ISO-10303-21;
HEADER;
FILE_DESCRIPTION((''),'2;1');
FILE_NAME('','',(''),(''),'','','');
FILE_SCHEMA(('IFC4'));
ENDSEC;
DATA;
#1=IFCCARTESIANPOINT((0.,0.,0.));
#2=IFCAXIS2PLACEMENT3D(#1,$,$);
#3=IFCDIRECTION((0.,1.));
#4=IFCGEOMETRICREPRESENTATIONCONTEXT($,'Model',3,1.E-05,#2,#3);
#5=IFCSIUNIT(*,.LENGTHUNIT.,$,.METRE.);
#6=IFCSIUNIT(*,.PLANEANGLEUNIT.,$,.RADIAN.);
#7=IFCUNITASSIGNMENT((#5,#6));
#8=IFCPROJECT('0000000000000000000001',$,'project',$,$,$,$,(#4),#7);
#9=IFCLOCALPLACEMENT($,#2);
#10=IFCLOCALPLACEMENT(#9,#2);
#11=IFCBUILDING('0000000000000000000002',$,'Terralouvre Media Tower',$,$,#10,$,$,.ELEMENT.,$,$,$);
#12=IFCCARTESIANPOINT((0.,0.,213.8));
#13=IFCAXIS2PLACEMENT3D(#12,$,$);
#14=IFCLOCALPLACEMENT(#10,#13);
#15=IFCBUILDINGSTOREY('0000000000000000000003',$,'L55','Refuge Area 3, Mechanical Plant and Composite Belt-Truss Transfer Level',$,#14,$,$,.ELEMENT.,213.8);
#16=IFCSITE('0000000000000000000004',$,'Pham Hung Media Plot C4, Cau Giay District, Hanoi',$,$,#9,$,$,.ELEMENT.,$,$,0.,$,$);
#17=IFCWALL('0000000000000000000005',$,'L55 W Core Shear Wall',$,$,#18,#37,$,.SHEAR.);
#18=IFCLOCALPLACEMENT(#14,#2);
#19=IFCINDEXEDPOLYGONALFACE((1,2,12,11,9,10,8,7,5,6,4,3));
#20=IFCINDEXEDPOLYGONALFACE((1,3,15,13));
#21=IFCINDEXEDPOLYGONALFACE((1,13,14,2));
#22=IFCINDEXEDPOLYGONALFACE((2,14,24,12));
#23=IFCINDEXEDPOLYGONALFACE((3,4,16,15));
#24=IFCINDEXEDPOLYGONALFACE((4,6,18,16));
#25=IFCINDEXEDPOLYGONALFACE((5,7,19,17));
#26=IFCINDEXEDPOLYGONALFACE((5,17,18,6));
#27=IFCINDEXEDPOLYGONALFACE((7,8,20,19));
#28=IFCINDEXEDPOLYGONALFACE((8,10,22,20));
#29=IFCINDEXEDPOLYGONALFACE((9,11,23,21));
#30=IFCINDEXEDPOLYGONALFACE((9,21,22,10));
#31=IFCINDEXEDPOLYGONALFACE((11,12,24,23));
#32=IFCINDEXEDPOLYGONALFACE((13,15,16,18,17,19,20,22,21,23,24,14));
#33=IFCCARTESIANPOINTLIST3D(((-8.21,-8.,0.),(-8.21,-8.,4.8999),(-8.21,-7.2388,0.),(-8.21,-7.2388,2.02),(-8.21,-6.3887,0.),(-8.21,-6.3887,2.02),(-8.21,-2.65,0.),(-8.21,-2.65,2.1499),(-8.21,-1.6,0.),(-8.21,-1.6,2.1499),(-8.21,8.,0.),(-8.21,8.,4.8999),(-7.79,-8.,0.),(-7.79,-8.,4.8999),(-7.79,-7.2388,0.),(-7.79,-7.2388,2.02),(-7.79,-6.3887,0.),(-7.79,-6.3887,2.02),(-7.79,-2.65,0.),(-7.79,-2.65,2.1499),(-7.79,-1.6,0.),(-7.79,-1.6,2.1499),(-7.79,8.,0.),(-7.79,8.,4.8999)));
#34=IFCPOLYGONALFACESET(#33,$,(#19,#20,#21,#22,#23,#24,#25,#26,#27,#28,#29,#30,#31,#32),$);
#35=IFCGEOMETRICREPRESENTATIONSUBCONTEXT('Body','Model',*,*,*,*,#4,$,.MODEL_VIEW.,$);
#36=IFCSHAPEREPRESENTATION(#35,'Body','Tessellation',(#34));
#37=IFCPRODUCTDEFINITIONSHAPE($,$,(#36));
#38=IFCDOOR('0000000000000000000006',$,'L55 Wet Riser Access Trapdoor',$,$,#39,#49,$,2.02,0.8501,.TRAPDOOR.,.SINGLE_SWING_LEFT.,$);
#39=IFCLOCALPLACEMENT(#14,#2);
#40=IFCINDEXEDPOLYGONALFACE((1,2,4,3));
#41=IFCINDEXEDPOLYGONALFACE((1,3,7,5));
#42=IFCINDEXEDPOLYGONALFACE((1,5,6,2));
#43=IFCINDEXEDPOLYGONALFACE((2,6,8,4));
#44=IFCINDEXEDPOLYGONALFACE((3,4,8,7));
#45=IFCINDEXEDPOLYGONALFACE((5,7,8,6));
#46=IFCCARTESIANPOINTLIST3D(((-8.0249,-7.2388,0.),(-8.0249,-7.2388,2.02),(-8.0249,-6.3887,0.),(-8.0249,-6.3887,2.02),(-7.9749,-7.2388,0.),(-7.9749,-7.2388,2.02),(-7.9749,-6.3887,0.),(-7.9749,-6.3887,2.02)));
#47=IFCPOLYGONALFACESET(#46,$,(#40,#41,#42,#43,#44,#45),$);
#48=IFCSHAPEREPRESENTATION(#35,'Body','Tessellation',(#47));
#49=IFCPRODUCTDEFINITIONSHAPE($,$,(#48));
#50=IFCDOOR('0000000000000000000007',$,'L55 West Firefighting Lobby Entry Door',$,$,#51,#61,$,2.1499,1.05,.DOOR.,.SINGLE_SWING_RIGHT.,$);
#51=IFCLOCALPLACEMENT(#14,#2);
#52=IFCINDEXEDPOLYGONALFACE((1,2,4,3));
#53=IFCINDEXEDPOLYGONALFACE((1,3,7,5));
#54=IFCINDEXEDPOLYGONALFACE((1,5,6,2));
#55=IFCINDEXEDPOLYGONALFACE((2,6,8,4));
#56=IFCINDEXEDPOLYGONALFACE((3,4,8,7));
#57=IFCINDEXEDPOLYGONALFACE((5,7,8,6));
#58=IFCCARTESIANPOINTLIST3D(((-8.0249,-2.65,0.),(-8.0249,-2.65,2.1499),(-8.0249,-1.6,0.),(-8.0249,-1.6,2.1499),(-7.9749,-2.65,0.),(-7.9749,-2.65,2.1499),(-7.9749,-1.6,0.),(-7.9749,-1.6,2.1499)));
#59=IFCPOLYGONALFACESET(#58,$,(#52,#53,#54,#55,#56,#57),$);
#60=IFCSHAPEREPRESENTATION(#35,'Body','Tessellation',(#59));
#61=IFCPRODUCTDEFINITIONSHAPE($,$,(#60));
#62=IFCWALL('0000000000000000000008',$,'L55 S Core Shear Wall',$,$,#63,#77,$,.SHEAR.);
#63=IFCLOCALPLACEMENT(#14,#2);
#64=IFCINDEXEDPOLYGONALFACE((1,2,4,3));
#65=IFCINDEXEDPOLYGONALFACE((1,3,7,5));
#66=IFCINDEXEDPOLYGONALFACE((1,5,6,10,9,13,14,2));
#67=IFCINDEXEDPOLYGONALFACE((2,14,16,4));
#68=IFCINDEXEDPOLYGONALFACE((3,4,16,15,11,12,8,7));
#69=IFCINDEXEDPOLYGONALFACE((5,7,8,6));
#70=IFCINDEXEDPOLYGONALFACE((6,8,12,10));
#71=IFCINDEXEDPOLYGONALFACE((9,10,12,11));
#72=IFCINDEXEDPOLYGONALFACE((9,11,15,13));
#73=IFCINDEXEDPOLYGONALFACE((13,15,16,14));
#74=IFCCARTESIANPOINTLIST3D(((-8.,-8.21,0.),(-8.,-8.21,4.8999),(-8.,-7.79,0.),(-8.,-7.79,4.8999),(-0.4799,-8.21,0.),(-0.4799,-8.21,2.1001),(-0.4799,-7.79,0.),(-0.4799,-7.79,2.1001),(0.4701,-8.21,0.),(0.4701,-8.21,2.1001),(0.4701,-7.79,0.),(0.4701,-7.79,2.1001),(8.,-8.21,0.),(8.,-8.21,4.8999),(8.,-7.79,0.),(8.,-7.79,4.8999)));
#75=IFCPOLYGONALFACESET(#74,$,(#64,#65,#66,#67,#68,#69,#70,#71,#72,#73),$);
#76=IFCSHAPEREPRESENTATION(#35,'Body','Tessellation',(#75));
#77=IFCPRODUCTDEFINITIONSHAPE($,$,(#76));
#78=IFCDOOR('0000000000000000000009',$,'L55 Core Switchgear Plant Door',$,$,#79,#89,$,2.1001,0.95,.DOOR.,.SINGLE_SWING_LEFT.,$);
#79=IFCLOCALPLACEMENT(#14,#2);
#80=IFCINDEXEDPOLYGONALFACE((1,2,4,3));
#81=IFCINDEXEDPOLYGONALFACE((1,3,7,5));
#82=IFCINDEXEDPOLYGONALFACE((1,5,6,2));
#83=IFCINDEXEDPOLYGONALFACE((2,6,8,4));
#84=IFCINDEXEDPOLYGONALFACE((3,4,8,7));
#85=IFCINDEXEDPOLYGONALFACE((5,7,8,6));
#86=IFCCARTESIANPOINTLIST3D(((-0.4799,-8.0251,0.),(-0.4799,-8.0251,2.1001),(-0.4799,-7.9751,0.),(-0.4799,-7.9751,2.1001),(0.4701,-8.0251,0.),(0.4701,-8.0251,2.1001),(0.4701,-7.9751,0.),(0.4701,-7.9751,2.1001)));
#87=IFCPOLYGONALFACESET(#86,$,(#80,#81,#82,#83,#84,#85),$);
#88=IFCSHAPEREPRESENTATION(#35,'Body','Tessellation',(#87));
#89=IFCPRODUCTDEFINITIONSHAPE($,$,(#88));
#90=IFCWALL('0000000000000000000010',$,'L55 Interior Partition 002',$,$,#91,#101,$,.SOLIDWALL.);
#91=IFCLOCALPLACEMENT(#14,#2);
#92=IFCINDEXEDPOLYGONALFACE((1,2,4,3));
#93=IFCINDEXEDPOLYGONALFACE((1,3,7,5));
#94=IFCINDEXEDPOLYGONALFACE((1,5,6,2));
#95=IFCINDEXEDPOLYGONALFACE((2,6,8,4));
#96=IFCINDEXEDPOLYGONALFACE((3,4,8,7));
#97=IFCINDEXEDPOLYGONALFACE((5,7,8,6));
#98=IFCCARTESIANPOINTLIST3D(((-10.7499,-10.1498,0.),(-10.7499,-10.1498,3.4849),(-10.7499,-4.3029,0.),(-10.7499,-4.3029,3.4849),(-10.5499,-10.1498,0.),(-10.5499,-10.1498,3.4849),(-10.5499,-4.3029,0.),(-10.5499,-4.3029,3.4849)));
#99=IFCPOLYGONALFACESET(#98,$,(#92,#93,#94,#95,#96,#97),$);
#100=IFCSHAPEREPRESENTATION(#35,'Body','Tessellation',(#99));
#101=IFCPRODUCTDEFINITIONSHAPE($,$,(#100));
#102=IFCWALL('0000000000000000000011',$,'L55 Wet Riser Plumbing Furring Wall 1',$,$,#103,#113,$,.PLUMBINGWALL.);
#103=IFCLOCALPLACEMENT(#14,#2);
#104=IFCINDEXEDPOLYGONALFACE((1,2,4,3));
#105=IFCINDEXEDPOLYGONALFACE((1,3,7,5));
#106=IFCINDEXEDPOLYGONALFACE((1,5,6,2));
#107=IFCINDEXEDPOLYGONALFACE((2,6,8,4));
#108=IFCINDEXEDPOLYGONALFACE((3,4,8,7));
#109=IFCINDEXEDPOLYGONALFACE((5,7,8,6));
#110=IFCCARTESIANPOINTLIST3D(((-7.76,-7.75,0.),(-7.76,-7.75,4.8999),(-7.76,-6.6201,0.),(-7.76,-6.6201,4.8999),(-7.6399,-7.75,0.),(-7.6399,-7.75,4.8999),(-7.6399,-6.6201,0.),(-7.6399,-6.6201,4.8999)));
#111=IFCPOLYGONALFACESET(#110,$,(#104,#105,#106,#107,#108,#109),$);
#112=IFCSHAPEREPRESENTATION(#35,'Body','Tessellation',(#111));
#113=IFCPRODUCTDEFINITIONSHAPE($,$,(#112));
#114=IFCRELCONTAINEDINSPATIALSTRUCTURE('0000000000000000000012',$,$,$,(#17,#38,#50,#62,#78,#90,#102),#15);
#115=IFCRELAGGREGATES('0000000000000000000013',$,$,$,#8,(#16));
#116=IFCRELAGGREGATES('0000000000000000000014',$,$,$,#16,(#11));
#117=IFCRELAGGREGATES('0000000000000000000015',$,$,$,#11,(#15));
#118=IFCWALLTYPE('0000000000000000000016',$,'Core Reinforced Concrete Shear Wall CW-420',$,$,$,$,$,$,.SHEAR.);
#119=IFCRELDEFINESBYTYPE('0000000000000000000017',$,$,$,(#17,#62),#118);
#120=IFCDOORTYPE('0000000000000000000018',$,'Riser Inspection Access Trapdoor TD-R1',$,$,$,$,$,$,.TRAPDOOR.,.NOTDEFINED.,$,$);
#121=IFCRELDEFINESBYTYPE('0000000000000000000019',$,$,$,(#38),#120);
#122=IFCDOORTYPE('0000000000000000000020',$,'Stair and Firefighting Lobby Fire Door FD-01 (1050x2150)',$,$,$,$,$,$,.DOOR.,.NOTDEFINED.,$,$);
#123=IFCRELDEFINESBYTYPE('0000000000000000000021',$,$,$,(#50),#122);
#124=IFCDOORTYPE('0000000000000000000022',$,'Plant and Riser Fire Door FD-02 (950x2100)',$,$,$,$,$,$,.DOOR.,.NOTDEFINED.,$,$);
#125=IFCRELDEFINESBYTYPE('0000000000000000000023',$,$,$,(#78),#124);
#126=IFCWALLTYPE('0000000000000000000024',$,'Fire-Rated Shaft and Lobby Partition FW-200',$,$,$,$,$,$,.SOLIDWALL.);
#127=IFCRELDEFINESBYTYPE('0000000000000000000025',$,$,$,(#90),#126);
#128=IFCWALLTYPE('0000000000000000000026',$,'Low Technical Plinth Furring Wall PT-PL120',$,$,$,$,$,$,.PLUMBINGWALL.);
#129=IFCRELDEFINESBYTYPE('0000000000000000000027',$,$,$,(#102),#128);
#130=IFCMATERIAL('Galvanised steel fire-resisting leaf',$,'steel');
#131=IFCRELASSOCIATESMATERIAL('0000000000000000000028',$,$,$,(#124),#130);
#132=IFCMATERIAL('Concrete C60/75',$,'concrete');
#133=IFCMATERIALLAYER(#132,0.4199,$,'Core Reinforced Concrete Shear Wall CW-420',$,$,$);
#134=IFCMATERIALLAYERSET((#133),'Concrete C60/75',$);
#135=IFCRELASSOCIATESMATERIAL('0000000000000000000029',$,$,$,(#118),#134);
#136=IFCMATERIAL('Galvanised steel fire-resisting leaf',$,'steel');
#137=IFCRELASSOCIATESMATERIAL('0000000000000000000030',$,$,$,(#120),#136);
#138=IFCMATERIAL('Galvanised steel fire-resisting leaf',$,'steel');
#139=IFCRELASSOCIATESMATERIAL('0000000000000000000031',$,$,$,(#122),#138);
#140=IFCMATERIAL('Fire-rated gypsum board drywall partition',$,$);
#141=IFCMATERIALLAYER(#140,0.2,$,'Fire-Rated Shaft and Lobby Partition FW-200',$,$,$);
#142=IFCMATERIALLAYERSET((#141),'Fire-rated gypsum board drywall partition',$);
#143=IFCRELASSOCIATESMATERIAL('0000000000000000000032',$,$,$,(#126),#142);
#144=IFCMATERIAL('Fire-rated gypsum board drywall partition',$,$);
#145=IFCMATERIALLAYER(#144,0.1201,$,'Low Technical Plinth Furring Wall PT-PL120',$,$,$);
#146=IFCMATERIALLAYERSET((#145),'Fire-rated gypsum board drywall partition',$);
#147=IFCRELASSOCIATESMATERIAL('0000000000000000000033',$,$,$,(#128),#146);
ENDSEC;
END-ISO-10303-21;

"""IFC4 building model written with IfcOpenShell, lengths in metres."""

from ifc_helpers import new_model, si_unit, direction, frame, frame_2d, origin, place, context, subcontext, project, spatial, rectangle, extrude, material, layer, layer_set, type_object, element, fill, save


model = new_model("IFC4")

# Units and contexts
model_context = context("Model", 3, precision=1e-05, world=origin(), true_north=direction((0.0, 1.0)))
body_context = subcontext(model_context, "Body", "Model", "MODEL_VIEW")
ifc_project = project(units=[si_unit("LENGTHUNIT", "METRE"), si_unit("PLANEANGLEUNIT", "RADIAN")], contexts=[model_context])

# Site, building, storey
site_placement = place(None, origin())
site = spatial("IfcSite", under=ifc_project, at=site_placement, Name="Pham Hung Media Plot C4, Cau Giay District, Hanoi", CompositionType="ELEMENT", RefElevation=0.0)
building_placement = place(site_placement, origin())
building = spatial("IfcBuilding", under=site, at=building_placement, Name="Terralouvre Media Tower", CompositionType="ELEMENT")
storey_placement = place(building_placement, frame((0.0, 0.0, 213.8)))
storey = spatial("IfcBuildingStorey", under=building, at=storey_placement, Name="L55", Description="Refuge Area 3, Mechanical Plant and Composite Belt-Truss Transfer Level", CompositionType="ELEMENT", Elevation=213.8)

# Wall, openings, doors
ifc_material_1 = material(Name="Galvanised steel fire-resisting leaf", Category="steel")
door_type_1 = type_object("IfcDoorType", Name="Plant and Riser Fire Door FD-02 (950x2100)", OperationType="NOTDEFINED", PredefinedType="DOOR", material=ifc_material_1)
ifc_material_2 = material(Name="Concrete C60/75", Category="concrete")
ifc_layer_1 = layer(ifc_material_2, 0.4199, Name="Core Reinforced Concrete Shear Wall CW-420")
ifc_layer_set_1 = layer_set([ifc_layer_1], Name="Concrete C60/75")
wall_type_1 = type_object("IfcWallType", Name="Core Reinforced Concrete Shear Wall CW-420", PredefinedType="SHEAR", material=ifc_layer_set_1)
wall_1_placement = place(storey_placement, frame((-8.0, -8.0, 0.0), z_axis=(0.0, 0.0, 1.0), x_axis=(0.0, 1.0, 0.0)))
wall_1 = element("IfcWall", 1, at=wall_1_placement, inside=storey, type_object=wall_type_1, Name="L55 W Core Shear Wall", PredefinedType="SHEAR", context=body_context, shape_type="SweptSolid", body=[
    extrude(rectangle(XDim=16.0, YDim=0.4199, at=frame_2d((8.0, 0.0))), origin(), (0.0, 0.0, 1.0), 4.8999),
])
opening_1_placement = place(wall_1_placement, frame((0.7612, 0.0, 0.0)))
opening_1 = element("IfcOpeningElement", 2, at=opening_1_placement, cuts=wall_1, PredefinedType="OPENING", context=body_context, shape_type="SweptSolid", body=[
    extrude(rectangle(XDim=0.8501, YDim=2.02, at=frame_2d((0.425, 1.01))), frame((0.0, 0.22, 0.0), z_axis=(0.0, -1.0, 0.0), x_axis=(1.0, 0.0, 0.0)), (0.0, 0.0, 1.0), 0.4399),
])
opening_2_placement = place(wall_1_placement, frame((5.3501, 0.0, 0.0)))
opening_2 = element("IfcOpeningElement", 3, at=opening_2_placement, cuts=wall_1, PredefinedType="OPENING", context=body_context, shape_type="SweptSolid", body=[
    extrude(rectangle(XDim=1.05, YDim=2.1499, at=frame_2d((0.5249, 1.075))), frame((0.0, 0.22, 0.0), z_axis=(0.0, -1.0, 0.0), x_axis=(1.0, 0.0, 0.0)), (0.0, 0.0, 1.0), 0.4399),
])
ifc_material_3 = material(Name="Galvanised steel fire-resisting leaf", Category="steel")
door_type_2 = type_object("IfcDoorType", Name="Riser Inspection Access Trapdoor TD-R1", OperationType="NOTDEFINED", PredefinedType="TRAPDOOR", material=ifc_material_3)
door_1_placement = place(opening_1_placement, origin())
door_1 = element("IfcDoor", 4, at=door_1_placement, inside=storey, type_object=door_type_2, Name="L55 Wet Riser Access Trapdoor", OperationType="SINGLE_SWING_LEFT", OverallHeight=2.02, OverallWidth=0.8501, PredefinedType="TRAPDOOR", context=body_context, shape_type="SweptSolid", body=[
    extrude(rectangle(XDim=0.8501, YDim=2.02, at=frame_2d((0.425, 1.01))), frame((0.0, 0.0249, 0.0), z_axis=(0.0, -1.0, 0.0), x_axis=(1.0, 0.0, 0.0)), (0.0, 0.0, 1.0), 0.05),
])
fill(opening_1, door_1)
ifc_material_4 = material(Name="Galvanised steel fire-resisting leaf", Category="steel")
door_type_3 = type_object("IfcDoorType", Name="Stair and Firefighting Lobby Fire Door FD-01 (1050x2150)", OperationType="NOTDEFINED", PredefinedType="DOOR", material=ifc_material_4)
door_2_placement = place(opening_2_placement, origin())
door_2 = element("IfcDoor", 5, at=door_2_placement, inside=storey, type_object=door_type_3, Name="L55 West Firefighting Lobby Entry Door", OperationType="SINGLE_SWING_RIGHT", OverallHeight=2.1499, OverallWidth=1.05, PredefinedType="DOOR", context=body_context, shape_type="SweptSolid", body=[
    extrude(rectangle(XDim=1.05, YDim=2.1499, at=frame_2d((0.5249, 1.075))), frame((0.0, 0.0249, 0.0), z_axis=(0.0, -1.0, 0.0), x_axis=(1.0, 0.0, 0.0)), (0.0, 0.0, 1.0), 0.05),
])
fill(opening_2, door_2)

# Wall, opening, door
wall_2_placement = place(storey_placement, frame((-8.0, -8.0, 0.0), z_axis=(0.0, 0.0, 1.0), x_axis=(1.0, 0.0, 0.0)))
wall_2 = element("IfcWall", 6, at=wall_2_placement, inside=storey, type_object=wall_type_1, Name="L55 S Core Shear Wall", PredefinedType="SHEAR", context=body_context, shape_type="SweptSolid", body=[
    extrude(rectangle(XDim=16.0, YDim=0.4199, at=frame_2d((8.0, 0.0))), origin(), (0.0, 0.0, 1.0), 4.8999),
])
opening_3_placement = place(wall_2_placement, frame((7.52, 0.0, 0.0)))
opening_3 = element("IfcOpeningElement", 7, at=opening_3_placement, cuts=wall_2, PredefinedType="OPENING", context=body_context, shape_type="SweptSolid", body=[
    extrude(rectangle(XDim=0.95, YDim=2.1001, at=frame_2d((0.4751, 1.05))), frame((0.0, 0.22, 0.0), z_axis=(0.0, -1.0, 0.0), x_axis=(1.0, 0.0, 0.0)), (0.0, 0.0, 1.0), 0.4399),
])
door_3_placement = place(opening_3_placement, origin())
door_3 = element("IfcDoor", 8, at=door_3_placement, inside=storey, type_object=door_type_1, Name="L55 Core Switchgear Plant Door", OperationType="SINGLE_SWING_LEFT", OverallHeight=2.1001, OverallWidth=0.95, PredefinedType="DOOR", context=body_context, shape_type="SweptSolid", body=[
    extrude(rectangle(XDim=0.95, YDim=2.1001, at=frame_2d((0.4751, 1.05))), frame((0.0, 0.0249, 0.0), z_axis=(0.0, -1.0, 0.0), x_axis=(1.0, 0.0, 0.0)), (0.0, 0.0, 1.0), 0.05),
])
fill(opening_3, door_3)

# Walls
ifc_material_5 = material(Name="Fire-rated gypsum board drywall partition")
ifc_layer_2 = layer(ifc_material_5, 0.2, Name="Fire-Rated Shaft and Lobby Partition FW-200")
ifc_layer_set_2 = layer_set([ifc_layer_2], Name="Fire-rated gypsum board drywall partition")
wall_type_2 = type_object("IfcWallType", Name="Fire-Rated Shaft and Lobby Partition FW-200", PredefinedType="SOLIDWALL", material=ifc_layer_set_2)
wall_3_placement = place(storey_placement, frame((-10.6499, -4.303, 0.0), z_axis=(0.0, 0.0, 1.0), x_axis=(0.0, -1.0, 0.0)))
element("IfcWall", 9, at=wall_3_placement, inside=storey, type_object=wall_type_2, Name="L55 Interior Partition 002", PredefinedType="SOLIDWALL", context=body_context, shape_type="SweptSolid", body=[
    extrude(rectangle(XDim=5.8469, YDim=0.2, at=frame_2d((2.9233, 0.0))), origin(), (0.0, 0.0, 1.0), 3.4849),
])
ifc_material_6 = material(Name="Fire-rated gypsum board drywall partition")
ifc_layer_3 = layer(ifc_material_6, 0.1201, Name="Low Technical Plinth Furring Wall PT-PL120")
ifc_layer_set_3 = layer_set([ifc_layer_3], Name="Fire-rated gypsum board drywall partition")
wall_type_3 = type_object("IfcWallType", Name="Low Technical Plinth Furring Wall PT-PL120", PredefinedType="PLUMBINGWALL", material=ifc_layer_set_3)
wall_4_placement = place(storey_placement, frame((-7.7, -7.75, 0.0), z_axis=(0.0, 0.0, 1.0), x_axis=(0.0, 1.0, 0.0)))
element("IfcWall", 10, at=wall_4_placement, inside=storey, type_object=wall_type_3, Name="L55 Wet Riser Plumbing Furring Wall 1", PredefinedType="PLUMBINGWALL", context=body_context, shape_type="SweptSolid", body=[
    extrude(rectangle(XDim=1.1299, YDim=0.1201, at=frame_2d((0.5649, 0.0))), origin(), (0.0, 0.0, 1.0), 4.8999),
])

save(model, "model.ifc")
